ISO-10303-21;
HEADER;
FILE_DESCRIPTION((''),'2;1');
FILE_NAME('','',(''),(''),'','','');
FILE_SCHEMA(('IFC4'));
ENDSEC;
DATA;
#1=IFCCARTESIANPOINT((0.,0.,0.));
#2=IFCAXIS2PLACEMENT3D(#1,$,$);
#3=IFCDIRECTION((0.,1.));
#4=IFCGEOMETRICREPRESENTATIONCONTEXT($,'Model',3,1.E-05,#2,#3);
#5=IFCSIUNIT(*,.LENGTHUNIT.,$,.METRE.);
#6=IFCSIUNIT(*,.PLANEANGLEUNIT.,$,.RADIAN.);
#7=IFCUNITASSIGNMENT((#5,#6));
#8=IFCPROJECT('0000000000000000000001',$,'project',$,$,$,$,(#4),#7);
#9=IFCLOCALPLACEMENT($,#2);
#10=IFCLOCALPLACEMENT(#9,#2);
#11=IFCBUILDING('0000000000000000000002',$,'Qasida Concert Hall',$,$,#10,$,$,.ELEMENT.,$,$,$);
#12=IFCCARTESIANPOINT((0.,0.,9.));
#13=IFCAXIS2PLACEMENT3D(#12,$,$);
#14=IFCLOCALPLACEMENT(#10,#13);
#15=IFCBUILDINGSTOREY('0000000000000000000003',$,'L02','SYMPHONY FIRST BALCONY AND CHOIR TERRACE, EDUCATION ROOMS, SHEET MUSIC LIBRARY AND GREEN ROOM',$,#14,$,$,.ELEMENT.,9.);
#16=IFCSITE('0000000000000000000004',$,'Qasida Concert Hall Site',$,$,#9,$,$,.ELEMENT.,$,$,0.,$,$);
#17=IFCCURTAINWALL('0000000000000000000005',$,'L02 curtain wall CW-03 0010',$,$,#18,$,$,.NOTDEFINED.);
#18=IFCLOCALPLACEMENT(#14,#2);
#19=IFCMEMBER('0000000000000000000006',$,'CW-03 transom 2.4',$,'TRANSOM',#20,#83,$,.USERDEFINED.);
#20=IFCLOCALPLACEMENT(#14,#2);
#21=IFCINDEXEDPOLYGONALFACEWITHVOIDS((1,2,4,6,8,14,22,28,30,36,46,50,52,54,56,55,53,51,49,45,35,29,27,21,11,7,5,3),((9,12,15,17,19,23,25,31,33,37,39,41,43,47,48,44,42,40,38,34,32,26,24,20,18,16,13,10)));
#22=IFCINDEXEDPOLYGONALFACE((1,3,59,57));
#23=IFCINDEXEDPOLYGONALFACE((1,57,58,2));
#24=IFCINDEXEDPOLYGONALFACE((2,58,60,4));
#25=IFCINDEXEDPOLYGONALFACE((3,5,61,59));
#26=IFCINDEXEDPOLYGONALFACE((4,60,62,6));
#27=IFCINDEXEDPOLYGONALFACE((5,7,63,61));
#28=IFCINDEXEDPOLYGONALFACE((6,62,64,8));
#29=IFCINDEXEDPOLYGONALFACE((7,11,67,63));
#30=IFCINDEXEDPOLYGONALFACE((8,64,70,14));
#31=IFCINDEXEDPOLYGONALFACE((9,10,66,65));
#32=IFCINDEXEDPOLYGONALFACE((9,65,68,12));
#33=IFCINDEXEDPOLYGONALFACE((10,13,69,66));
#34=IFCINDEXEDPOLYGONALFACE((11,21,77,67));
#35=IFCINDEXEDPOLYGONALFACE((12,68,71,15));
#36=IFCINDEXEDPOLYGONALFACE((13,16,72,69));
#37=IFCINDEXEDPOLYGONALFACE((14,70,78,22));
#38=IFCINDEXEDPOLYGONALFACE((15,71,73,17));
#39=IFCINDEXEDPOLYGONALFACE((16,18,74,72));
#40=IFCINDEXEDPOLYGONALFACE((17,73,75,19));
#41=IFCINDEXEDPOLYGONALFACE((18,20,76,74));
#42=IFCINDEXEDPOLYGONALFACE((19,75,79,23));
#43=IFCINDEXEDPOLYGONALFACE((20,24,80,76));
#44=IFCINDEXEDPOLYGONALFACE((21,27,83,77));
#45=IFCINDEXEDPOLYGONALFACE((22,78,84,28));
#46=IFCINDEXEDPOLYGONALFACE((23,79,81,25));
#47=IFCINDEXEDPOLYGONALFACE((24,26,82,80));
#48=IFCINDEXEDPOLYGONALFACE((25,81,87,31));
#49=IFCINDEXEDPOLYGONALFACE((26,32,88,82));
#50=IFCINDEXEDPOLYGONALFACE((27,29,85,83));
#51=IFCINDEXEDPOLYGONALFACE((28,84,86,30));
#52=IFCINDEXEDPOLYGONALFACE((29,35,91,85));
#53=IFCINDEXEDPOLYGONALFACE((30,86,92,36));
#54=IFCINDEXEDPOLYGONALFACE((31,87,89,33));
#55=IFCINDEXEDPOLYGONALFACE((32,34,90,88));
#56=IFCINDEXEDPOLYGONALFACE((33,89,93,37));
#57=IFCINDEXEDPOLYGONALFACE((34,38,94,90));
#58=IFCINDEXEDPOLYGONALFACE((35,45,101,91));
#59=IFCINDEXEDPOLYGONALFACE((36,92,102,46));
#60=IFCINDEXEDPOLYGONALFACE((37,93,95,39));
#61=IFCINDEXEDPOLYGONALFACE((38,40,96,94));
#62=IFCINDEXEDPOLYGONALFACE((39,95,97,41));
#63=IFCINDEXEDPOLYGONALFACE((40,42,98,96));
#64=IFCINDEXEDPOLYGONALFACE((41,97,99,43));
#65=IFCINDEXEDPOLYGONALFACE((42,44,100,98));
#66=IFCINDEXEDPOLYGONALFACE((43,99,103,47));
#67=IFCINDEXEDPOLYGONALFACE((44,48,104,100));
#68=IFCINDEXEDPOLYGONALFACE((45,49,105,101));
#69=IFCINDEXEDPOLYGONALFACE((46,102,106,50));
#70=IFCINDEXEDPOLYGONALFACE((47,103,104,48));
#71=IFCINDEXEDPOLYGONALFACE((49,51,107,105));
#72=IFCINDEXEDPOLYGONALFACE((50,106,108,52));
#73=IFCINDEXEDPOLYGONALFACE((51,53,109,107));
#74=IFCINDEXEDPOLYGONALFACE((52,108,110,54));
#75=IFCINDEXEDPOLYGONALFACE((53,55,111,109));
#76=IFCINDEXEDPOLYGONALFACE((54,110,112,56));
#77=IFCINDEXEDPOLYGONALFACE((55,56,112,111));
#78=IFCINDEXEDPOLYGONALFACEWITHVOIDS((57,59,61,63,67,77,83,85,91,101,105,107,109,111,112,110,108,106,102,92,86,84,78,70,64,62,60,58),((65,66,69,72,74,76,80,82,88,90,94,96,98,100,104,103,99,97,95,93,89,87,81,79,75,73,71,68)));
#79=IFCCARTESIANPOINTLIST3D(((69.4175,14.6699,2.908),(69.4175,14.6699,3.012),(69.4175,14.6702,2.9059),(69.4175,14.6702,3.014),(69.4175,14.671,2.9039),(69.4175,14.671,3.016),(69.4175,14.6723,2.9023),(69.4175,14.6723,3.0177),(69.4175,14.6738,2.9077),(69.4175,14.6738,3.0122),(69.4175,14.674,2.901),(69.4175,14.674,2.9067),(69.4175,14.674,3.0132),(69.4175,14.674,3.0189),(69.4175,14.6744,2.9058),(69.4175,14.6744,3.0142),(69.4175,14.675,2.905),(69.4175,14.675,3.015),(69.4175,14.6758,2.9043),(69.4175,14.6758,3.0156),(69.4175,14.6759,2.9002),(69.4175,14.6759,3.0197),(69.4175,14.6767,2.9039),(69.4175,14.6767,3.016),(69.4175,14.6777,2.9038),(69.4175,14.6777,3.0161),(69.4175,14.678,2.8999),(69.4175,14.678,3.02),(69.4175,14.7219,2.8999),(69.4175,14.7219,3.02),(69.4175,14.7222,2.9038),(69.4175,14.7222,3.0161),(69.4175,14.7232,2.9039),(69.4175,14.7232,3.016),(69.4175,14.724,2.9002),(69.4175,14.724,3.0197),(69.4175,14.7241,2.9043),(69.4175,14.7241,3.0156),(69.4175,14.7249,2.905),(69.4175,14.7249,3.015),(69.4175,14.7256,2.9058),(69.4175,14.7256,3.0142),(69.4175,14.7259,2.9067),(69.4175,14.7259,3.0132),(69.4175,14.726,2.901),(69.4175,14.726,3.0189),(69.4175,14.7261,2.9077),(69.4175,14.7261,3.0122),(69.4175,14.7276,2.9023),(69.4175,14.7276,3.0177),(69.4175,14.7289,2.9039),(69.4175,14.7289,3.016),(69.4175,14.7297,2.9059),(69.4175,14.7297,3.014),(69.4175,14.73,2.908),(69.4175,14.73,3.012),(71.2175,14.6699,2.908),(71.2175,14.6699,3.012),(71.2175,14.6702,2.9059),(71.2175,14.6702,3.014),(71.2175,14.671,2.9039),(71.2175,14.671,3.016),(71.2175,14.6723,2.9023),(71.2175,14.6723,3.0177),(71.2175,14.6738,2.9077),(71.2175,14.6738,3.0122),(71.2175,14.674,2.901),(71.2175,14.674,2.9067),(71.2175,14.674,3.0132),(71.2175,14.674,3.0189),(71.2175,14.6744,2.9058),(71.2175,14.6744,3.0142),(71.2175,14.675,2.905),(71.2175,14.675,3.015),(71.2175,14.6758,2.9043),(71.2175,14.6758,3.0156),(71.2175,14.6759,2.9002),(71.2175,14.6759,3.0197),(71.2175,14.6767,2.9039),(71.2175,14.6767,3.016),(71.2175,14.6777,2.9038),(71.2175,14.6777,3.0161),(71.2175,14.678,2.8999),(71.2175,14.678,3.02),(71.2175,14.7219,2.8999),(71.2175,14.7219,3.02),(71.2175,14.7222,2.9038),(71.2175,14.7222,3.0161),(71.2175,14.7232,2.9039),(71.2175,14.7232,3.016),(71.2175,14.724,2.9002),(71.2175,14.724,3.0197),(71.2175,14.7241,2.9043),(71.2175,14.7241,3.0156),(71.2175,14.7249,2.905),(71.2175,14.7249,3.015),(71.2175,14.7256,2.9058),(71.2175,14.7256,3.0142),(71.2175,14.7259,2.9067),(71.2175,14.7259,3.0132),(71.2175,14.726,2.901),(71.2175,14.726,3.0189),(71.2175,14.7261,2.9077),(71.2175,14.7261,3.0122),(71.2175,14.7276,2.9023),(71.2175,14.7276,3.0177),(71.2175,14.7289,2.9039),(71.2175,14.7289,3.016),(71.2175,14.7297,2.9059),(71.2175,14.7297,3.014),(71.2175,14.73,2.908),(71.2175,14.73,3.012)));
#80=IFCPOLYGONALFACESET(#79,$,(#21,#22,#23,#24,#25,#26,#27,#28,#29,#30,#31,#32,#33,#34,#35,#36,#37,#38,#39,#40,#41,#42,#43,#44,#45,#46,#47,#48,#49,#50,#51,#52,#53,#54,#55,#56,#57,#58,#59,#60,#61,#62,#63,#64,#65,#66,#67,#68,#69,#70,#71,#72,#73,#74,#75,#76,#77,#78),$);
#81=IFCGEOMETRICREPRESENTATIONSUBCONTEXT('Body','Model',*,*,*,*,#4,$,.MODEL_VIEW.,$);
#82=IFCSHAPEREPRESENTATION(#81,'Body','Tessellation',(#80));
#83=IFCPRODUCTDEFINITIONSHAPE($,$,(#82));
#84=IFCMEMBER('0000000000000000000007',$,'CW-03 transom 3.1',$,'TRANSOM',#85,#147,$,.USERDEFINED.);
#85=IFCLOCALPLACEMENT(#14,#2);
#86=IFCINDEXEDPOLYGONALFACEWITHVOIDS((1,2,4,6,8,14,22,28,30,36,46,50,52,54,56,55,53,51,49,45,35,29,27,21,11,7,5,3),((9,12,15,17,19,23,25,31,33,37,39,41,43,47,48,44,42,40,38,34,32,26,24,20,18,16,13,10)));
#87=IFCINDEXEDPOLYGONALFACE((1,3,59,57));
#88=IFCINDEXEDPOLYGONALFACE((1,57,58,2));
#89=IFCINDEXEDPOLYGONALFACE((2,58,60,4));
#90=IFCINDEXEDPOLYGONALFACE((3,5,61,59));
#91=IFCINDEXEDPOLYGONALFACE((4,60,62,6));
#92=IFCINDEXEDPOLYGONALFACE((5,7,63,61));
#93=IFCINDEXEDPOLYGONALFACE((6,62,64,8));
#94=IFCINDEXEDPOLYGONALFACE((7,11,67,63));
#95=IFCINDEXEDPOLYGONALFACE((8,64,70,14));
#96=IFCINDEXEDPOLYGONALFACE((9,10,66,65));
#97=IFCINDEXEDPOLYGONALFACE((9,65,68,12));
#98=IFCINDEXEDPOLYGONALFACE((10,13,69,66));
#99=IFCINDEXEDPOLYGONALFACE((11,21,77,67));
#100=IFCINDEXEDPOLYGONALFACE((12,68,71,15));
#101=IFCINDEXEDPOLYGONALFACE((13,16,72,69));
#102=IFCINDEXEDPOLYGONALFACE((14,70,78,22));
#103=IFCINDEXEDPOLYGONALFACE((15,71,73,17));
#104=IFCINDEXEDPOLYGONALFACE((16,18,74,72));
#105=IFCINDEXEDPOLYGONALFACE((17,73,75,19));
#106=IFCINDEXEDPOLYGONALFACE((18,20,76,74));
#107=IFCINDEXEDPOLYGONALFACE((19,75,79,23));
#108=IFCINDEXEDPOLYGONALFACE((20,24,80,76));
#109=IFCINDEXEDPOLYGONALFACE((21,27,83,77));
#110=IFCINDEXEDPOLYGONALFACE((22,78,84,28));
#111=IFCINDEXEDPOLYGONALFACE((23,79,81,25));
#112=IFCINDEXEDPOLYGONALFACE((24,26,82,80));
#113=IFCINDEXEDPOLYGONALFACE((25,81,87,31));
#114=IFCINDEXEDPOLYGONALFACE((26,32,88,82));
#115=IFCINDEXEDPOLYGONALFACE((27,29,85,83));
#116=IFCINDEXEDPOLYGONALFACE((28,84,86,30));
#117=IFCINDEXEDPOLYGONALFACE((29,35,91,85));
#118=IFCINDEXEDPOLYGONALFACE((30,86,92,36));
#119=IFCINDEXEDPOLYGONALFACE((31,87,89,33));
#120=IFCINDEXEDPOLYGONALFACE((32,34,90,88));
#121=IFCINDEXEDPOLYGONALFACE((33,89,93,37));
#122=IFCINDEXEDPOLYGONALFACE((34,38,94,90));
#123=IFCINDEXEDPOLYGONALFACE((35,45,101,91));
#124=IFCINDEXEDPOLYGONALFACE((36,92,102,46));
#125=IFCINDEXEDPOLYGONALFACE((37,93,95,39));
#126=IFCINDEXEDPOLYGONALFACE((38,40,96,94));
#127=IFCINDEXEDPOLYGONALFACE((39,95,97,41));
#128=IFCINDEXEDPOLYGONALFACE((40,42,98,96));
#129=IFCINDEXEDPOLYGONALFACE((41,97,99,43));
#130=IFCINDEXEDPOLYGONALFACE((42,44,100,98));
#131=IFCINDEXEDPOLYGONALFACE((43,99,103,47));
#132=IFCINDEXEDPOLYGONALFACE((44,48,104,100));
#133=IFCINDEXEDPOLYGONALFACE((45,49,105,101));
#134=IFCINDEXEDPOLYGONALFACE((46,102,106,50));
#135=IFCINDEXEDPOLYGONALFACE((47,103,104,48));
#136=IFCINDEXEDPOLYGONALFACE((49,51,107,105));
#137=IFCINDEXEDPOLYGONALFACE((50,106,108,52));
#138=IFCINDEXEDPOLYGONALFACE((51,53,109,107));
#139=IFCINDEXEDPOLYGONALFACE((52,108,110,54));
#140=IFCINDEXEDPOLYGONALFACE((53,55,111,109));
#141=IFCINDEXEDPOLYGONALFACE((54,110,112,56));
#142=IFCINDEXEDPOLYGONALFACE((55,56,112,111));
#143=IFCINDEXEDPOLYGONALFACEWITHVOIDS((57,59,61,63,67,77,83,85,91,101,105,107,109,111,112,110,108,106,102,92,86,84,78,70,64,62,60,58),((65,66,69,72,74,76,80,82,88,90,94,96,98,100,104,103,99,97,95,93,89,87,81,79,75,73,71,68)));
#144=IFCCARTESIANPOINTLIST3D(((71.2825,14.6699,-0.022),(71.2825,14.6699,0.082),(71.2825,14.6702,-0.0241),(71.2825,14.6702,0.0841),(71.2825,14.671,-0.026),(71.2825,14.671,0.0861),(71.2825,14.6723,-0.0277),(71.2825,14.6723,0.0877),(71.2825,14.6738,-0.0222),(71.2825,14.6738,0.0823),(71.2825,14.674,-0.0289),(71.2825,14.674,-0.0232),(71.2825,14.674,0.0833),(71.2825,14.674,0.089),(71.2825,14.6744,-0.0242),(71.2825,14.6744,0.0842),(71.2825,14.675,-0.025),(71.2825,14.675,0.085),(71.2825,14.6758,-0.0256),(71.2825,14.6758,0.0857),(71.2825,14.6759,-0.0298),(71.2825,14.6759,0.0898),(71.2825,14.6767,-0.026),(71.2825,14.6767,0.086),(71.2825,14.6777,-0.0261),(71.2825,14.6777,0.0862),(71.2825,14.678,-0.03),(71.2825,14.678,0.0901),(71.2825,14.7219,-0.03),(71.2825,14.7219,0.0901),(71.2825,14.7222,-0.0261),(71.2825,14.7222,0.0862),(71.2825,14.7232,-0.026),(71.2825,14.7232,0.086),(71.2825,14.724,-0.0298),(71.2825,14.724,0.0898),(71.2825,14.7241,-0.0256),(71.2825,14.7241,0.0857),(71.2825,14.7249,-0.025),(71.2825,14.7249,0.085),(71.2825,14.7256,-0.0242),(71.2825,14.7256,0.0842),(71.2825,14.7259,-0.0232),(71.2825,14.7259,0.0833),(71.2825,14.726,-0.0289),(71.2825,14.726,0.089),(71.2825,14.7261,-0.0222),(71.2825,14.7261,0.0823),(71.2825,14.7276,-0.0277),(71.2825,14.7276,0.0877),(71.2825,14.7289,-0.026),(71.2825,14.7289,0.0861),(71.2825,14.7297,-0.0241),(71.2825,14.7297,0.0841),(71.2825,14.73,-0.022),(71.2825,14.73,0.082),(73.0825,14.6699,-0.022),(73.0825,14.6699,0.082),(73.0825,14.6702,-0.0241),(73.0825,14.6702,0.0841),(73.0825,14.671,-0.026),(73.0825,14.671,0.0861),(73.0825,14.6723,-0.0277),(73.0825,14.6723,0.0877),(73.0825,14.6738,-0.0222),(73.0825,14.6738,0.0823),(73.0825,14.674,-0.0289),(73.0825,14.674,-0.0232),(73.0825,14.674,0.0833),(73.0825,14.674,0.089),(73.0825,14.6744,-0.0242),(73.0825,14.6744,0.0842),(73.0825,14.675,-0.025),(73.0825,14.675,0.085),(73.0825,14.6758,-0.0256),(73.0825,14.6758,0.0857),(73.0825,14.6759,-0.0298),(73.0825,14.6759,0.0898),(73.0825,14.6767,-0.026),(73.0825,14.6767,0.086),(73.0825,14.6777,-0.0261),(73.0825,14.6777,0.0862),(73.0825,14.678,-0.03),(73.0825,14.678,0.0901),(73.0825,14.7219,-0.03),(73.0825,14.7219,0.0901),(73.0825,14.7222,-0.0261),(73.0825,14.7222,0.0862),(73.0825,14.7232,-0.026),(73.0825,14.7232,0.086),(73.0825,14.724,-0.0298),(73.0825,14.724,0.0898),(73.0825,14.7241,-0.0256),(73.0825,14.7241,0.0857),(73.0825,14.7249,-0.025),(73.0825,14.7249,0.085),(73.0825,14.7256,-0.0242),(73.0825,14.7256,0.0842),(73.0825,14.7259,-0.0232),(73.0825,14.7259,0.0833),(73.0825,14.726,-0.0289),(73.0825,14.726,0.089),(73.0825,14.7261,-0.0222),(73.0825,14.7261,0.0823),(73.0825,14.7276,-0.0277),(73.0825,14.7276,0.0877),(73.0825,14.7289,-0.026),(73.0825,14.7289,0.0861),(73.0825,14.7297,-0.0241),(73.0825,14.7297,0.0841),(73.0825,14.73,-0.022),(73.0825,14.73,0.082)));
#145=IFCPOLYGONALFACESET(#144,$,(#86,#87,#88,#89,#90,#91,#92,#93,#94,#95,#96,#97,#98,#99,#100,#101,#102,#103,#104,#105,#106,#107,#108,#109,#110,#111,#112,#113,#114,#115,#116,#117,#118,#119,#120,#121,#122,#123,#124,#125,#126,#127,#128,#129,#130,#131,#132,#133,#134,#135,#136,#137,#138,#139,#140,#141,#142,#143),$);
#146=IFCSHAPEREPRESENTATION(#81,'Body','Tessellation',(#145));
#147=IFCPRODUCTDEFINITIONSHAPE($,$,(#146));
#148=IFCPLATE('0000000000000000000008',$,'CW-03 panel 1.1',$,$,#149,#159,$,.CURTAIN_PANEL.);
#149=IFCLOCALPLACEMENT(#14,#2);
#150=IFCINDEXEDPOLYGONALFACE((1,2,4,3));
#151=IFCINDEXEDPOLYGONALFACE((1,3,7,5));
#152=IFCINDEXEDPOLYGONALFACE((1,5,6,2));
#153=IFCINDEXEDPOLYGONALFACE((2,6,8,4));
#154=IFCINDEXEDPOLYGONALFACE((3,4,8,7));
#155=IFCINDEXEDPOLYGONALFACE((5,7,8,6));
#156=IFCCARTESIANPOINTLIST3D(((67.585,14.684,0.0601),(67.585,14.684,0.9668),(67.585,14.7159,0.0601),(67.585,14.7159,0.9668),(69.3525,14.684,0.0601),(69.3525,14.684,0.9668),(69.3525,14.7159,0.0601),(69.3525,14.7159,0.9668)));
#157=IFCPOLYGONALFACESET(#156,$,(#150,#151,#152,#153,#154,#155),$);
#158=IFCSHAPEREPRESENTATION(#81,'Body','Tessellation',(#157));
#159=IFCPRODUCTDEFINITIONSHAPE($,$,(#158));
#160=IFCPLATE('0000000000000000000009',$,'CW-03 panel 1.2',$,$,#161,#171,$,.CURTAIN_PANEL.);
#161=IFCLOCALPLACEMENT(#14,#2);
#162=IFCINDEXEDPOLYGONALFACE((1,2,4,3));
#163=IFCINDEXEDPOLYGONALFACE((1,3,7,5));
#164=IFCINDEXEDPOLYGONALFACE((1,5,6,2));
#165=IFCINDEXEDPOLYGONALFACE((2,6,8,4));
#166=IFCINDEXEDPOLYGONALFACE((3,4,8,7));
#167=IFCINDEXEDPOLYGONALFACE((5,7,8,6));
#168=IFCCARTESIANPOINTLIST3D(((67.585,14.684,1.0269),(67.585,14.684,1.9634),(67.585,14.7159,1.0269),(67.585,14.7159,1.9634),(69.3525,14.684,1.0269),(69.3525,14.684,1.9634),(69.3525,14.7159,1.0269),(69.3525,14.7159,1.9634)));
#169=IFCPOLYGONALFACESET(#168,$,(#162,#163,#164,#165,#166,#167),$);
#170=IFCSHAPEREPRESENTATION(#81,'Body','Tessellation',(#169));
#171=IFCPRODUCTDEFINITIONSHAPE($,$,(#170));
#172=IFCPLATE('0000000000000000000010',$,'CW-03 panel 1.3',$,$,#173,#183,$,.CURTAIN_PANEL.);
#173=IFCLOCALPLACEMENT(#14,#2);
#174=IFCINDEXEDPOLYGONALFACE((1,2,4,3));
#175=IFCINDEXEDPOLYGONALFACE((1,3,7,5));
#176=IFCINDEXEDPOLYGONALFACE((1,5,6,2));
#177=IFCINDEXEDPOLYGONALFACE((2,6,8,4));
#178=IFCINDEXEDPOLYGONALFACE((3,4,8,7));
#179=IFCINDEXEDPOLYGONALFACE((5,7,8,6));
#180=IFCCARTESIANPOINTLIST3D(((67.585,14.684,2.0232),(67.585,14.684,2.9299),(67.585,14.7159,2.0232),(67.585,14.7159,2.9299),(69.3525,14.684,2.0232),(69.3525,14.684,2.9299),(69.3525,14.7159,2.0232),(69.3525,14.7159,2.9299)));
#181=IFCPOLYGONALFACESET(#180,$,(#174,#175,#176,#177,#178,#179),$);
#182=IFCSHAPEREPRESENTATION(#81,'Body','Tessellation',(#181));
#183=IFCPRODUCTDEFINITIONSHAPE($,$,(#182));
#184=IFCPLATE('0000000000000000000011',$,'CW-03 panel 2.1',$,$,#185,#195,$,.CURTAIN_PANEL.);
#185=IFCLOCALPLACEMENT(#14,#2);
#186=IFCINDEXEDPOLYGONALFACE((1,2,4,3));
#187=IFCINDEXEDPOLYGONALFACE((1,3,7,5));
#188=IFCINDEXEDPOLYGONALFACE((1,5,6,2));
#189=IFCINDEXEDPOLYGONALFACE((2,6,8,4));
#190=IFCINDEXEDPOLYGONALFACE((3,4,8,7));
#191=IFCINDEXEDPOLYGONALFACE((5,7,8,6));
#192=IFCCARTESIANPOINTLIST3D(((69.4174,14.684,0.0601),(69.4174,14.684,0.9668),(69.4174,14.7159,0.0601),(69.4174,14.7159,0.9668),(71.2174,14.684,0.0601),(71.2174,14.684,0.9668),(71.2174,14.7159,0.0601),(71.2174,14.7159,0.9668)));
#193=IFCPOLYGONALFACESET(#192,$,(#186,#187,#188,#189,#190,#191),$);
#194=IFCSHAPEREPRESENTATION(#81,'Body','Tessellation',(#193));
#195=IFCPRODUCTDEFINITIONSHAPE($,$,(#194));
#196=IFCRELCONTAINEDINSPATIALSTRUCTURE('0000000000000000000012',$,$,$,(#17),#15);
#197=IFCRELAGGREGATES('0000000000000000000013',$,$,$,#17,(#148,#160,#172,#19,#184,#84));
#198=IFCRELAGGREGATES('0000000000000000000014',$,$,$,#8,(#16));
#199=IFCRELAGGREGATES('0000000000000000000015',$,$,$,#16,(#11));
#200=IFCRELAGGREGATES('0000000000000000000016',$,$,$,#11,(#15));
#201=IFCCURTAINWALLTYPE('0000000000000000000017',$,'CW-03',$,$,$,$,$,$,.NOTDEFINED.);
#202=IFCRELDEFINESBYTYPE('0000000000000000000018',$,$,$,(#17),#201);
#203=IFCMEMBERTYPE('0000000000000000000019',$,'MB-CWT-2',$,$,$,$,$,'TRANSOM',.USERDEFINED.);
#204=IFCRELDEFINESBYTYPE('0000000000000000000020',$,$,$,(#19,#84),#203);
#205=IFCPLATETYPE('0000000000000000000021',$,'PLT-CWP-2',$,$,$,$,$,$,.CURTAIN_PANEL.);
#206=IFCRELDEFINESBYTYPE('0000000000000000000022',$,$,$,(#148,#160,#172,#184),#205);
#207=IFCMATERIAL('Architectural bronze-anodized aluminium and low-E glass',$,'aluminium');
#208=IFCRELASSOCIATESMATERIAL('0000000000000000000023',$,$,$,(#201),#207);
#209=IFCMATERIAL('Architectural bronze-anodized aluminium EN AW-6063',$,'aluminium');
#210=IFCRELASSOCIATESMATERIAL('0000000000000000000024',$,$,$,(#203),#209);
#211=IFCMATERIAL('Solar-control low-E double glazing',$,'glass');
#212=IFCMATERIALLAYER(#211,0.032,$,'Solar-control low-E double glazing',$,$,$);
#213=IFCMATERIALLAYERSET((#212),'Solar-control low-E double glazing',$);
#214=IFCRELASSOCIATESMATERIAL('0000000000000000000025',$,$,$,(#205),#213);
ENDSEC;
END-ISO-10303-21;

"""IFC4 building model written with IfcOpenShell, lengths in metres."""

from ifc_helpers import new_model, si_unit, direction, frame, origin, origin_2d, place, context, subcontext, project, spatial, rectangle, hollow_rectangle, extrude, material, layer, layer_set, material_profile, profile_set, type_object, element, aggregate, save


model = new_model("IFC4")

# Units and contexts
model_context = context("Model", 3, precision=1e-05, world=origin(), true_north=direction((0.0, 1.0)))
body_context = subcontext(model_context, "Body", "Model", "MODEL_VIEW")
ifc_project = project(units=[si_unit("LENGTHUNIT", "METRE"), si_unit("PLANEANGLEUNIT", "RADIAN")], contexts=[model_context])

# Site, building, storey
site_placement = place(None, origin())
site = spatial("IfcSite", under=ifc_project, at=site_placement, Name="Qasida Concert Hall Site", CompositionType="ELEMENT", RefElevation=0.0)
building_placement = place(site_placement, origin())
building = spatial("IfcBuilding", under=site, at=building_placement, Name="Qasida Concert Hall", CompositionType="ELEMENT")
storey_placement = place(building_placement, frame((0.0, 0.0, 9.0)))
storey = spatial("IfcBuildingStorey", under=building, at=storey_placement, Name="L02", Description="SYMPHONY FIRST BALCONY AND CHOIR TERRACE, EDUCATION ROOMS, SHEET MUSIC LIBRARY AND GREEN ROOM", CompositionType="ELEMENT", Elevation=9.0)

# Curtain wall, members, plates
ifc_material_1 = material(Name="Architectural bronze-anodized aluminium and low-E glass", Category="aluminium")
curtain_wall_type = type_object("IfcCurtainWallType", Name="CW-03", PredefinedType="NOTDEFINED", material=ifc_material_1)
curtain_wall_placement = place(storey_placement, origin())
curtain_wall = element("IfcCurtainWall", 1, at=curtain_wall_placement, inside=storey, type_object=curtain_wall_type, Name="L02 curtain wall CW-03 0010", PredefinedType="NOTDEFINED")
ifc_material_2 = material(Name="Architectural bronze-anodized aluminium EN AW-6063", Category="aluminium")
ifc_material_profile_1 = material_profile(ifc_material_2, hollow_rectangle(XDim=0.0601, YDim=0.1201, WallThickness=0.0039, InnerFilletRadius=0.0039, OuterFilletRadius=0.0081, at=origin_2d()), Name="CWT 120x60x4")
ifc_profile_set_1 = profile_set([ifc_material_profile_1], Name="Architectural bronze-anodized aluminium EN AW-6063")
member_type_1 = type_object("IfcMemberType", Name="MB-CWT-2", ElementType="TRANSOM", PredefinedType="USERDEFINED", material=ifc_profile_set_1)
member_1_placement = place(storey_placement, frame((69.4175, 14.7, 2.96), z_axis=(1.0, 0.0, 0.0), x_axis=(0.0, 1.0, 0.0)))
member_1 = element("IfcMember", 2, at=member_1_placement, type_object=member_type_1, Name="CW-03 transom 2.4", ObjectType="TRANSOM", PredefinedType="USERDEFINED", context=body_context, shape_type="SweptSolid", body=[
    extrude(hollow_rectangle(XDim=0.0601, YDim=0.1201, WallThickness=0.0039, InnerFilletRadius=0.0039, OuterFilletRadius=0.0081, at=origin_2d()), origin(), (0.0, 0.0, 1.0), 1.8),
])
member_2_placement = place(storey_placement, frame((71.2825, 14.7, 0.03), z_axis=(1.0, 0.0, 0.0), x_axis=(0.0, 1.0, 0.0)))
member_2 = element("IfcMember", 3, at=member_2_placement, type_object=member_type_1, Name="CW-03 transom 3.1", ObjectType="TRANSOM", PredefinedType="USERDEFINED", context=body_context, shape_type="SweptSolid", body=[
    extrude(hollow_rectangle(XDim=0.0601, YDim=0.1201, WallThickness=0.0039, InnerFilletRadius=0.0039, OuterFilletRadius=0.0081, at=origin_2d()), origin(), (0.0, 0.0, 1.0), 1.8),
])
ifc_material_3 = material(Name="Solar-control low-E double glazing", Category="glass")
ifc_layer_1 = layer(ifc_material_3, 0.032, Name="Solar-control low-E double glazing")
ifc_layer_set_1 = layer_set([ifc_layer_1], Name="Solar-control low-E double glazing")
plate_type = type_object("IfcPlateType", Name="PLT-CWP-2", PredefinedType="CURTAIN_PANEL", material=ifc_layer_set_1)
plate_1_placement = place(storey_placement, frame((68.4688, 14.7, 0.0601), z_axis=(0.0, 0.0, 1.0), x_axis=(1.0, 0.0, 0.0)))
plate_1 = element("IfcPlate", 4, at=plate_1_placement, type_object=plate_type, Name="CW-03 panel 1.1", PredefinedType="CURTAIN_PANEL", context=body_context, shape_type="SweptSolid", body=[
    extrude(rectangle(XDim=1.7676, YDim=0.032, at=origin_2d()), origin(), (0.0, 0.0, 1.0), 0.9067),
])
plate_2_placement = place(storey_placement, frame((68.4688, 14.7, 1.0269), z_axis=(0.0, 0.0, 1.0), x_axis=(1.0, 0.0, 0.0)))
plate_2 = element("IfcPlate", 5, at=plate_2_placement, type_object=plate_type, Name="CW-03 panel 1.2", PredefinedType="CURTAIN_PANEL", context=body_context, shape_type="SweptSolid", body=[
    extrude(rectangle(XDim=1.7676, YDim=0.032, at=origin_2d()), origin(), (0.0, 0.0, 1.0), 0.9365),
])
plate_3_placement = place(storey_placement, frame((68.4688, 14.7, 2.0232), z_axis=(0.0, 0.0, 1.0), x_axis=(1.0, 0.0, 0.0)))
plate_3 = element("IfcPlate", 6, at=plate_3_placement, type_object=plate_type, Name="CW-03 panel 1.3", PredefinedType="CURTAIN_PANEL", context=body_context, shape_type="SweptSolid", body=[
    extrude(rectangle(XDim=1.7676, YDim=0.032, at=origin_2d()), origin(), (0.0, 0.0, 1.0), 0.9067),
])
plate_4_placement = place(storey_placement, frame((70.3174, 14.7, 0.0601), z_axis=(0.0, 0.0, 1.0), x_axis=(1.0, 0.0, 0.0)))
plate_4 = element("IfcPlate", 7, at=plate_4_placement, type_object=plate_type, Name="CW-03 panel 2.1", PredefinedType="CURTAIN_PANEL", context=body_context, shape_type="SweptSolid", body=[
    extrude(rectangle(XDim=1.8, YDim=0.032, at=origin_2d()), origin(), (0.0, 0.0, 1.0), 0.9067),
])
aggregate(curtain_wall, [plate_1, plate_2, plate_3, member_1, plate_4, member_2])

save(model, "model.ifc")
